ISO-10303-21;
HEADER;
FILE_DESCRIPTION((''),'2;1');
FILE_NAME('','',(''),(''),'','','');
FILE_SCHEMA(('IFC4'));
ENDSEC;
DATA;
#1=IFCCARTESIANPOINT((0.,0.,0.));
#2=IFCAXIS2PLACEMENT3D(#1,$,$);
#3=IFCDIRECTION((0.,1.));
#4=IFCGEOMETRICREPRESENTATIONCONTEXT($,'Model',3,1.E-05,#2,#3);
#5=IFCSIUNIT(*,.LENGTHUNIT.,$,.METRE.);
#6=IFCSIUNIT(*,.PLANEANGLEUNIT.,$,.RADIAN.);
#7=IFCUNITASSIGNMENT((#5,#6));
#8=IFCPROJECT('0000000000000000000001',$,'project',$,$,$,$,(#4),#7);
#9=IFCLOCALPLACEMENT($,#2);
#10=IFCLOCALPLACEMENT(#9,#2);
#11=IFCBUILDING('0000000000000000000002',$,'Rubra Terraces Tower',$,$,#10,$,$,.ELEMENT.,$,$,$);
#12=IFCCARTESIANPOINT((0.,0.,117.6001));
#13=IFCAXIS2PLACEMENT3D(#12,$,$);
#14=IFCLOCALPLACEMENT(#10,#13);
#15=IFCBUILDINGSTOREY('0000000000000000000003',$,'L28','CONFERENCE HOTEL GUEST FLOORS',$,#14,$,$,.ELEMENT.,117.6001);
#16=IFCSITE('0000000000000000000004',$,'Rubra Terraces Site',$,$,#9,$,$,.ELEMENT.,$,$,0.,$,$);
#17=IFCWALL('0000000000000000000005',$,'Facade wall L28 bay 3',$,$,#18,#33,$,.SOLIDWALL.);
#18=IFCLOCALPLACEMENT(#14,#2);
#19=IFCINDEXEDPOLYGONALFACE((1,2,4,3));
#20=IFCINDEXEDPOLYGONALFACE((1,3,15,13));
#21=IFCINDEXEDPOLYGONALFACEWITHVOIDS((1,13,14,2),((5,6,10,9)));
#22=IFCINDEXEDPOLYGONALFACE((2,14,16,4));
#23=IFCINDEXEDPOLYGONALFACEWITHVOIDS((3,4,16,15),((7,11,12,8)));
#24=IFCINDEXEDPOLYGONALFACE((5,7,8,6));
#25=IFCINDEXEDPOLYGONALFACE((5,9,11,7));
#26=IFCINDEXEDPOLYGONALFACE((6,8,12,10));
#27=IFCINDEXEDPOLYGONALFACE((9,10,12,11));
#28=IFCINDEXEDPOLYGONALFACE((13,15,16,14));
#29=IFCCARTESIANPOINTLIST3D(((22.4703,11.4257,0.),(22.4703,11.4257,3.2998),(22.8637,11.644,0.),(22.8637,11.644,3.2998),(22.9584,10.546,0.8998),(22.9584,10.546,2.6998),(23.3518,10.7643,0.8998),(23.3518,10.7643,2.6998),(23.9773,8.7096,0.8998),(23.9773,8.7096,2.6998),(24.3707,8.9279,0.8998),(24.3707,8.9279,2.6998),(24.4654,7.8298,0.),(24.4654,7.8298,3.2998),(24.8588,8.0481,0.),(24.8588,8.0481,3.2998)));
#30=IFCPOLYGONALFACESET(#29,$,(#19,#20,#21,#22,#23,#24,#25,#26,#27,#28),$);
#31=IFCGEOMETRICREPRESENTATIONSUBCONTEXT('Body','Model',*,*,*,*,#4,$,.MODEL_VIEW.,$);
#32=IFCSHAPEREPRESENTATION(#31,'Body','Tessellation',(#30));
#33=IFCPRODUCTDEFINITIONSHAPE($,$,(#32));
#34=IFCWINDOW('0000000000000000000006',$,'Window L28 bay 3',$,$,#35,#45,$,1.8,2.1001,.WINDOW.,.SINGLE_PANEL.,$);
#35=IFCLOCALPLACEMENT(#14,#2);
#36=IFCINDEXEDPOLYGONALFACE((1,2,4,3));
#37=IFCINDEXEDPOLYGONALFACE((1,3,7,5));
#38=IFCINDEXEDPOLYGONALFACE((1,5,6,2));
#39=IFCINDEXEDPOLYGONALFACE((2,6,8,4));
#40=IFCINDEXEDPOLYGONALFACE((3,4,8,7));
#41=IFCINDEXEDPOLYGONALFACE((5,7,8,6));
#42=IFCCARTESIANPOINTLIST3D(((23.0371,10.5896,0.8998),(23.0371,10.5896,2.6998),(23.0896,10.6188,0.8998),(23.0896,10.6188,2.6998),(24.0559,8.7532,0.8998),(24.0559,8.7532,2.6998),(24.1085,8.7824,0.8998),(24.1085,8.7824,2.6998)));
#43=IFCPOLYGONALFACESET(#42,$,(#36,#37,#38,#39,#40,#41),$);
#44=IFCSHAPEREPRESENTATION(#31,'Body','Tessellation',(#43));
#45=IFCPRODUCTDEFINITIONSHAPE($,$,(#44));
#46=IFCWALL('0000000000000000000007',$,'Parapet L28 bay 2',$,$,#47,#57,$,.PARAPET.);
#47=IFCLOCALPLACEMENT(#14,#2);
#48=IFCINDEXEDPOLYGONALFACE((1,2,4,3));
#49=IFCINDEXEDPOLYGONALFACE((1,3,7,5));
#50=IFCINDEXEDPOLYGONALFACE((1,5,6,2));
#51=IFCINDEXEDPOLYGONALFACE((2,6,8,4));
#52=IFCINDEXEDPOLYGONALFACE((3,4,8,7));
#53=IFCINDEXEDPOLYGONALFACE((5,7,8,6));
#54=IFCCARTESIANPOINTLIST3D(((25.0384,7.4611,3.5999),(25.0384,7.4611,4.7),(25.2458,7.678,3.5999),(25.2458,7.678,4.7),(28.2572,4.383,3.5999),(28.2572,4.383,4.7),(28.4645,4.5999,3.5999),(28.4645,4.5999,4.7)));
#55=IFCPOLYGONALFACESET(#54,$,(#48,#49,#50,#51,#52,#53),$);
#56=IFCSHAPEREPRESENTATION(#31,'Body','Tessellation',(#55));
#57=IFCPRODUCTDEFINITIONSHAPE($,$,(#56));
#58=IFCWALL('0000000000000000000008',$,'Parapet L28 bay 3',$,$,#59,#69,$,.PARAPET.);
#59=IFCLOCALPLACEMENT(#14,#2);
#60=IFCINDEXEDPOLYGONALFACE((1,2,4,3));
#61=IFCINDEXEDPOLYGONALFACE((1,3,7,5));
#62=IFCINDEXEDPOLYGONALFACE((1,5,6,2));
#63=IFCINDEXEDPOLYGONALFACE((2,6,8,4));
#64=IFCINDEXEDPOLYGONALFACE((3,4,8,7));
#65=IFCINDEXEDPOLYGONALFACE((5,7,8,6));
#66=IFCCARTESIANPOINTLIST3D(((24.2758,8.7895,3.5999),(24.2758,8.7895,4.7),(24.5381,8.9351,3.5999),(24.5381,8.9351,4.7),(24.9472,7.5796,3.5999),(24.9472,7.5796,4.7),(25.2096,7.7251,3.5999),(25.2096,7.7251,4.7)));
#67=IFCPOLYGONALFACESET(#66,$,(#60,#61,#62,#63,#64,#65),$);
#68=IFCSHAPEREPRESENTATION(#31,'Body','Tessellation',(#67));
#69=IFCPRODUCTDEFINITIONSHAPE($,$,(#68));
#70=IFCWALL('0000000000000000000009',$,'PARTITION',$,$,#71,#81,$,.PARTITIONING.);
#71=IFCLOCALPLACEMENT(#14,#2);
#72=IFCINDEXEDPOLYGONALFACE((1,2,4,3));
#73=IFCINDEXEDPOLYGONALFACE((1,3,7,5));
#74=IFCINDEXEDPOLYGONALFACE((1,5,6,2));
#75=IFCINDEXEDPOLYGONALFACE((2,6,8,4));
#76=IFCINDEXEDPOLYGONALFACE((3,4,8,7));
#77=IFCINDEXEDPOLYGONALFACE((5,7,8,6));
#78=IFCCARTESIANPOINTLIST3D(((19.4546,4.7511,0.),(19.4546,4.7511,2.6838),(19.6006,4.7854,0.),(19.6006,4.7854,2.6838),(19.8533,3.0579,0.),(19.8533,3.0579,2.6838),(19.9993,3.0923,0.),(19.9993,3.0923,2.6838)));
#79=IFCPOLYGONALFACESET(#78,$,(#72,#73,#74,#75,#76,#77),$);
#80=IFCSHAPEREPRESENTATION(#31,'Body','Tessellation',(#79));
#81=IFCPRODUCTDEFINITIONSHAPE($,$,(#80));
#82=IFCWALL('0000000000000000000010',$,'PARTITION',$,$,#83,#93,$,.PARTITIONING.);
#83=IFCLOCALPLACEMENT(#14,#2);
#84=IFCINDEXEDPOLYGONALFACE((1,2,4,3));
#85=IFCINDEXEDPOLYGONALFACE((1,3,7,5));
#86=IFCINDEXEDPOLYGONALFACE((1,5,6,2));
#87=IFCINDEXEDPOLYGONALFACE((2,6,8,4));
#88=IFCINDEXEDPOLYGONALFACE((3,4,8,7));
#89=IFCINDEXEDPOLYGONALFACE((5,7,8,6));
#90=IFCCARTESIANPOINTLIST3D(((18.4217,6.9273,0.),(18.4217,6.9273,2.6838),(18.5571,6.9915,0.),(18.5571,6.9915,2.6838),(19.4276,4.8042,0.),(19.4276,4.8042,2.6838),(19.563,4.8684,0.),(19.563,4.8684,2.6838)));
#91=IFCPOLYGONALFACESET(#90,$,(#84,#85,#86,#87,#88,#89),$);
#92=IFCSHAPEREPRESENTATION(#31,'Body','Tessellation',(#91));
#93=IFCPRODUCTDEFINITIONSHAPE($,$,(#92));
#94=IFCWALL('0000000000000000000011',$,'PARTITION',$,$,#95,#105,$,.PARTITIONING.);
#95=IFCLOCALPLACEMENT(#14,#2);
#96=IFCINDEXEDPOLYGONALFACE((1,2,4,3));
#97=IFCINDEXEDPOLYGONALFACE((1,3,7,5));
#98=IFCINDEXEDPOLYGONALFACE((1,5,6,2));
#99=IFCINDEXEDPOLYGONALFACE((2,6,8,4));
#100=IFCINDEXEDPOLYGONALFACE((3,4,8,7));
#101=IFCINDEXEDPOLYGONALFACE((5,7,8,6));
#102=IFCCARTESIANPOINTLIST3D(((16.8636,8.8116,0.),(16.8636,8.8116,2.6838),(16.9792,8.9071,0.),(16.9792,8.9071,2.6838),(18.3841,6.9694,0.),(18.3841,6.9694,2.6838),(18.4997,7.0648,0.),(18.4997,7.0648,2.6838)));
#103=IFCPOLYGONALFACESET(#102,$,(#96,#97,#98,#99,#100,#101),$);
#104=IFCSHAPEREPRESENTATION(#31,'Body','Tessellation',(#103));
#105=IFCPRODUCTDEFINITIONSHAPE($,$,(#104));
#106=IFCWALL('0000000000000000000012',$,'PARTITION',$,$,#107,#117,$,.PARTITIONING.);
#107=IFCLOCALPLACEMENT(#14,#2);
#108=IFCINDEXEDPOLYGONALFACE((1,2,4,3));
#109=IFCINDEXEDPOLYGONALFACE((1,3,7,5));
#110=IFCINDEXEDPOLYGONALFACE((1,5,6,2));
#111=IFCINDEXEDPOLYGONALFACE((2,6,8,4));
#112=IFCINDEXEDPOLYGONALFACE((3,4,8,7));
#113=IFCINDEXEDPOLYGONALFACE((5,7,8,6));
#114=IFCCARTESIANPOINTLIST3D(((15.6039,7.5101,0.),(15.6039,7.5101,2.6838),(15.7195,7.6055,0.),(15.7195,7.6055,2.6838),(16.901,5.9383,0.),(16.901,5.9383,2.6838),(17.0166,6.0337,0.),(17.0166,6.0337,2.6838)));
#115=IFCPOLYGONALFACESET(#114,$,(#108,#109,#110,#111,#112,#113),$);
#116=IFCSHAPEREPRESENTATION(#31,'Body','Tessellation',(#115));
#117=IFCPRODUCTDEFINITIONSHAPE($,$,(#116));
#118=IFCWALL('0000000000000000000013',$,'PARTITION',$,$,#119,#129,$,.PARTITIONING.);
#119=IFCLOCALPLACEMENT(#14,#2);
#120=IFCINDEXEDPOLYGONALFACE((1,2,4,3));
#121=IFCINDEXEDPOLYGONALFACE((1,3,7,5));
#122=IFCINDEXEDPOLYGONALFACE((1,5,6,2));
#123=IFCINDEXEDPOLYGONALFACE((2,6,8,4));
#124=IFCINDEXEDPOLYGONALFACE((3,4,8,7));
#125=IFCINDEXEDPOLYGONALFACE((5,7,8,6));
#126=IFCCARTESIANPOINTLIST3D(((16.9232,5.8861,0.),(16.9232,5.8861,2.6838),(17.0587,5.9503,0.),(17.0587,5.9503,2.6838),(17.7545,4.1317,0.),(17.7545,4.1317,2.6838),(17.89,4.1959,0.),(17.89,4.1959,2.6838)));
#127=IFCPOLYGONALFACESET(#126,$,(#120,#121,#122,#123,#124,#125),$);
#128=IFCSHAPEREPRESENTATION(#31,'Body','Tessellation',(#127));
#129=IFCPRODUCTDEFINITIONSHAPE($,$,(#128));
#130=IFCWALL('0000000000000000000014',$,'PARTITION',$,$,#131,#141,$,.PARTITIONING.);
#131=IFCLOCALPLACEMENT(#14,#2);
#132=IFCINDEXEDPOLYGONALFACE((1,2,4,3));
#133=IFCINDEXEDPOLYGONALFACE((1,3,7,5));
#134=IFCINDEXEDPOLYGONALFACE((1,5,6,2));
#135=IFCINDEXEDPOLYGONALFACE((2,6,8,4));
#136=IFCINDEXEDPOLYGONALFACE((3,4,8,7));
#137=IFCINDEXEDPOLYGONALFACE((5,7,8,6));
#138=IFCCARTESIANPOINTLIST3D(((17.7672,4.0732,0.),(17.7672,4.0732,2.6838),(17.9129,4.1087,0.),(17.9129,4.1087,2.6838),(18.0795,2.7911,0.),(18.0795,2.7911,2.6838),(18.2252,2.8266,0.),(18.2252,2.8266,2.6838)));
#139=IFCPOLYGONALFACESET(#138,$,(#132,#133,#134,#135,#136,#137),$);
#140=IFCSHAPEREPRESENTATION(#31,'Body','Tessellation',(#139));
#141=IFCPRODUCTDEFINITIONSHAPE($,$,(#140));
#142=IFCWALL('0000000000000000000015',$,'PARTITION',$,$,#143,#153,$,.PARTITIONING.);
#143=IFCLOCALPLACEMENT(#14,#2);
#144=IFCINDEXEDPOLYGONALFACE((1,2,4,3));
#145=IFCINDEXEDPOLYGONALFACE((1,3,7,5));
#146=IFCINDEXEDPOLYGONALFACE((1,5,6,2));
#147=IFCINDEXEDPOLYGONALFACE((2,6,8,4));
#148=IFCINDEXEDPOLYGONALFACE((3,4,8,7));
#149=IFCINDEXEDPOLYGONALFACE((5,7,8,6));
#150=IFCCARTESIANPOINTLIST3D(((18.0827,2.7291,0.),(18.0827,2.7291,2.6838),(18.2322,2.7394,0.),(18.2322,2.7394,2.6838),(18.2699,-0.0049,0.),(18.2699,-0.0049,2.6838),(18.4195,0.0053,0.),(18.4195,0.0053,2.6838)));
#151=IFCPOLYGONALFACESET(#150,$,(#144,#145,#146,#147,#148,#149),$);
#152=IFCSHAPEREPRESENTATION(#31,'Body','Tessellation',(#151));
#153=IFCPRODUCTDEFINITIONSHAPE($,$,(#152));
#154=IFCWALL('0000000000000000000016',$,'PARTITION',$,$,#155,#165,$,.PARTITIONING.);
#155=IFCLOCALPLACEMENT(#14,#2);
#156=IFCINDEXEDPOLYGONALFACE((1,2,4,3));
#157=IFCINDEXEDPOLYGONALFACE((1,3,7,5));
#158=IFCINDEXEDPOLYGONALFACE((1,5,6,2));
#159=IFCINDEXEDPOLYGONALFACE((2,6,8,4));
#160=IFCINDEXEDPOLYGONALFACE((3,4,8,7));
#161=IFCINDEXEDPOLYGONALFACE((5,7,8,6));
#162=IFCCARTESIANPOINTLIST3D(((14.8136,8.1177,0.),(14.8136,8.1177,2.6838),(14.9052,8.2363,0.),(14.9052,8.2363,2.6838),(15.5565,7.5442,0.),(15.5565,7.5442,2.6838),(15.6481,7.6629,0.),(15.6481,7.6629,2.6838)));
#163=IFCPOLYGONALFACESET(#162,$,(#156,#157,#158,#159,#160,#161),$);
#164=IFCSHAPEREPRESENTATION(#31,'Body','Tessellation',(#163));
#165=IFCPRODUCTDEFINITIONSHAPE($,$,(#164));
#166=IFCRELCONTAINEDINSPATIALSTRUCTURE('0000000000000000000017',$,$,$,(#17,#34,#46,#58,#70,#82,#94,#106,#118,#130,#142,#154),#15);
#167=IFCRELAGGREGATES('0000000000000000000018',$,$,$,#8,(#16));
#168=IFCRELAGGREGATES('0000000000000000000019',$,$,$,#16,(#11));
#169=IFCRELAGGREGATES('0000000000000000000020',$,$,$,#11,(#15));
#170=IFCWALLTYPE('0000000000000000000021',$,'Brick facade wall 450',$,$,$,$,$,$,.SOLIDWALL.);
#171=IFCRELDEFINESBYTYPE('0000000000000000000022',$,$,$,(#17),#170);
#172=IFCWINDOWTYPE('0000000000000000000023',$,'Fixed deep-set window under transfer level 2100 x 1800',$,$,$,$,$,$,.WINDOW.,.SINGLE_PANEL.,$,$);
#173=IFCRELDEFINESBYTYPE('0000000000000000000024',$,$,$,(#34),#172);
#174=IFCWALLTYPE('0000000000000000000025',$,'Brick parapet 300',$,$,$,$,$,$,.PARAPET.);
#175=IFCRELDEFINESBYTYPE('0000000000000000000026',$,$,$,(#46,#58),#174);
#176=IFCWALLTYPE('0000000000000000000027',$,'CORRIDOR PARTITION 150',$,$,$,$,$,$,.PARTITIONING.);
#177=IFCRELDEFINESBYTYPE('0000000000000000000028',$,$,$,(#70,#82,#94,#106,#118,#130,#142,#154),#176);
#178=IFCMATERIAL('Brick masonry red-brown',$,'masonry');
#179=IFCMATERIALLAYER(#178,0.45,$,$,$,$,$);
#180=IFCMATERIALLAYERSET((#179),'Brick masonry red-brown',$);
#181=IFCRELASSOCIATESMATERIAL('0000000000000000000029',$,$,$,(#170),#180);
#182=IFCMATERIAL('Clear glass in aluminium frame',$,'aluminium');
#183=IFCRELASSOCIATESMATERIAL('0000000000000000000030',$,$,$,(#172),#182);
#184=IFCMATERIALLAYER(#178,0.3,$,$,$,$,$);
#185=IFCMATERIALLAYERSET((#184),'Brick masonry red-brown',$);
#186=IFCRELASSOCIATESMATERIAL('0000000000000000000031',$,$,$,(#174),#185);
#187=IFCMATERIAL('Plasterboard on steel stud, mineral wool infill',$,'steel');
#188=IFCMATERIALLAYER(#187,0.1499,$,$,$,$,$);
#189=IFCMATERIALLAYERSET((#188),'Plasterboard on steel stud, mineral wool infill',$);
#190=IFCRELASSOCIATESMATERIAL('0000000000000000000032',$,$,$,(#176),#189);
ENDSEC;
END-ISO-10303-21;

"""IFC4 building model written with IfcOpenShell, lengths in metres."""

from ifc_helpers import new_model, si_unit, direction, frame, frame_2d, origin, place, context, subcontext, project, spatial, rectangle, extrude, material, layer, layer_set, type_object, element, fill, save


model = new_model("IFC4")

# Units and contexts
model_context = context("Model", 3, precision=1e-05, world=origin(), true_north=direction((0.0, 1.0)))
body_context = subcontext(model_context, "Body", "Model", "MODEL_VIEW")
ifc_project = project(units=[si_unit("LENGTHUNIT", "METRE"), si_unit("PLANEANGLEUNIT", "RADIAN")], contexts=[model_context])

# Site, building, storey
site_placement = place(None, origin())
site = spatial("IfcSite", under=ifc_project, at=site_placement, Name="Rubra Terraces Site", CompositionType="ELEMENT", RefElevation=0.0)
building_placement = place(site_placement, origin())
building = spatial("IfcBuilding", under=site, at=building_placement, Name="Rubra Terraces Tower", CompositionType="ELEMENT")
storey_placement = place(building_placement, frame((0.0, 0.0, 117.6001)))
storey = spatial("IfcBuildingStorey", under=building, at=storey_placement, Name="L28", Description="CONFERENCE HOTEL GUEST FLOORS", CompositionType="ELEMENT", Elevation=117.6001)

# Wall, opening, window
ifc_material_1 = material(Name="Brick masonry red-brown", Category="masonry")
ifc_layer_1 = layer(ifc_material_1, 0.45)
ifc_layer_set_1 = layer_set([ifc_layer_1], Name="Brick masonry red-brown")
wall_type_1 = type_object("IfcWallType", Name="Brick facade wall 450", PredefinedType="SOLIDWALL", material=ifc_layer_set_1)
ifc_material_2 = material(Name="Clear glass in aluminium frame", Category="aluminium")
window_type = type_object("IfcWindowType", Name="Fixed deep-set window under transfer level 2100 x 1800", PartitioningType="SINGLE_PANEL", PredefinedType="WINDOW", material=ifc_material_2)
wall_1_placement = place(storey_placement, frame((24.6621, 7.939, 0.0), z_axis=(0.0, 0.0, 1.0), x_axis=(-0.485154, 0.874429, 0.0)))
wall_1 = element("IfcWall", 1, at=wall_1_placement, inside=storey, type_object=wall_type_1, Name="Facade wall L28 bay 3", PredefinedType="SOLIDWALL", context=body_context, shape_type="SweptSolid", body=[
    extrude(rectangle(XDim=4.1123, YDim=0.45, at=frame_2d((2.0562, 0.0))), origin(), (0.0, 0.0, 1.0), 3.2998),
])
opening_1_placement = place(wall_1_placement, frame((1.0061, 0.0, 0.8999)))
opening_1 = element("IfcOpeningElement", 2, at=opening_1_placement, cuts=wall_1, PredefinedType="OPENING", context=body_context, shape_type="SweptSolid", body=[
    extrude(rectangle(XDim=2.1001, YDim=1.8, at=frame_2d((1.05, 0.8999))), frame((0.0, 0.2349, 0.0), z_axis=(0.0, -1.0, 0.0), x_axis=(1.0, 0.0, 0.0)), (0.0, 0.0, 1.0), 0.47),
])
window_1_placement = place(opening_1_placement, origin())
window_1 = element("IfcWindow", 3, at=window_1_placement, inside=storey, type_object=window_type, Name="Window L28 bay 3", OverallHeight=1.8, OverallWidth=2.1001, PartitioningType="SINGLE_PANEL", PredefinedType="WINDOW", context=body_context, shape_type="SweptSolid", body=[
    extrude(rectangle(XDim=2.1001, YDim=1.8, at=frame_2d((1.05, 0.8999))), frame((0.0, 0.135, 0.0), z_axis=(0.0, -1.0, 0.0), x_axis=(1.0, 0.0, 0.0)), (0.0, 0.0, 1.0), 0.0601),
])
fill(opening_1, window_1)

# Walls
ifc_layer_2 = layer(ifc_material_1, 0.3)
ifc_layer_set_2 = layer_set([ifc_layer_2], Name="Brick masonry red-brown")
wall_type_2 = type_object("IfcWallType", Name="Brick parapet 300", PredefinedType="PARAPET", material=ifc_layer_set_2)
wall_2_placement = place(storey_placement, frame((28.3608, 4.4915, 3.5999), z_axis=(0.0, 0.0, 1.0), x_axis=(-0.722718, 0.691143, 0.0)))
element("IfcWall", 4, at=wall_2_placement, inside=storey, type_object=wall_type_2, Name="Parapet L28 bay 2", PredefinedType="PARAPET", context=body_context, shape_type="SweptSolid", body=[
    extrude(rectangle(XDim=4.4536, YDim=0.3, at=frame_2d((2.2268, 0.0))), origin(), (0.0, 0.0, 1.0), 1.1001),
])
wall_3_placement = place(storey_placement, frame((25.0784, 7.6523, 3.5999), z_axis=(0.0, 0.0, 1.0), x_axis=(-0.485193, 0.874407, 0.0)))
element("IfcWall", 5, at=wall_3_placement, inside=storey, type_object=wall_type_2, Name="Parapet L28 bay 3", PredefinedType="PARAPET", context=body_context, shape_type="SweptSolid", body=[
    extrude(rectangle(XDim=1.3838, YDim=0.3, at=frame_2d((0.6919, 0.0))), origin(), (0.0, 0.0, 1.0), 1.1001),
])
ifc_material_3 = material(Name="Plasterboard on steel stud, mineral wool infill", Category="steel")
ifc_layer_3 = layer(ifc_material_3, 0.1499)
ifc_layer_set_3 = layer_set([ifc_layer_3], Name="Plasterboard on steel stud, mineral wool infill")
wall_type_3 = type_object("IfcWallType", Name="CORRIDOR PARTITION 150", PredefinedType="PARTITIONING", material=ifc_layer_set_3)
wall_4_placement = place(storey_placement, frame((19.9263, 3.0752, 0.0), z_axis=(0.0, 0.0, 1.0), x_axis=(-0.229204, 0.973378, 0.0)))
element("IfcWall", 6, at=wall_4_placement, inside=storey, type_object=wall_type_3, Name="PARTITION", PredefinedType="PARTITIONING", context=body_context, shape_type="SweptSolid", body=[
    extrude(rectangle(XDim=1.7395, YDim=0.1499, at=frame_2d((0.8696, 0.0))), origin(), (0.0, 0.0, 1.0), 2.6838),
])
wall_5_placement = place(storey_placement, frame((19.4954, 4.8362, 0.0), z_axis=(0.0, 0.0, 1.0), x_axis=(-0.428158, 0.903704, 0.0)))
element("IfcWall", 7, at=wall_5_placement, inside=storey, type_object=wall_type_3, Name="PARTITION", PredefinedType="PARTITIONING", context=body_context, shape_type="SweptSolid", body=[
    extrude(rectangle(XDim=2.3494, YDim=0.1499, at=frame_2d((1.1748, 0.0))), origin(), (0.0, 0.0, 1.0), 2.6838),
])
wall_6_placement = place(storey_placement, frame((18.4419, 7.0171, 0.0), z_axis=(0.0, 0.0, 1.0), x_axis=(-0.636538, 0.771245, 0.0)))
element("IfcWall", 8, at=wall_6_placement, inside=storey, type_object=wall_type_3, Name="PARTITION", PredefinedType="PARTITIONING", context=body_context, shape_type="SweptSolid", body=[
    extrude(rectangle(XDim=2.3887, YDim=0.1499, at=frame_2d((1.1943, 0.0))), origin(), (0.0, 0.0, 1.0), 2.6838),
])
wall_7_placement = place(storey_placement, frame((15.6616, 7.5579, 0.0), z_axis=(0.0, 0.0, 1.0), x_axis=(0.636501, -0.771276, 0.0)))
element("IfcWall", 9, at=wall_7_placement, inside=storey, type_object=wall_type_3, Name="PARTITION", PredefinedType="PARTITIONING", context=body_context, shape_type="SweptSolid", body=[
    extrude(rectangle(XDim=2.0378, YDim=0.1499, at=frame_2d((1.019, 0.0))), origin(), (0.0, 0.0, 1.0), 2.6838),
])
wall_8_placement = place(storey_placement, frame((16.991, 5.9182, 0.0), z_axis=(0.0, 0.0, 1.0), x_axis=(0.4282, -0.903684, 0.0)))
element("IfcWall", 10, at=wall_8_placement, inside=storey, type_object=wall_type_3, Name="PARTITION", PredefinedType="PARTITIONING", context=body_context, shape_type="SweptSolid", body=[
    extrude(rectangle(XDim=1.9414, YDim=0.1499, at=frame_2d((0.9707, 0.0))), origin(), (0.0, 0.0, 1.0), 2.6838),
])
wall_9_placement = place(storey_placement, frame((17.8401, 4.0908, 0.0), z_axis=(0.0, 0.0, 1.0), x_axis=(0.236654, -0.971594, 0.0)))
element("IfcWall", 11, at=wall_9_placement, inside=storey, type_object=wall_type_3, Name="PARTITION", PredefinedType="PARTITIONING", context=body_context, shape_type="SweptSolid", body=[
    extrude(rectangle(XDim=1.3196, YDim=0.1499, at=frame_2d((0.6597, 0.0))), origin(), (0.0, 0.0, 1.0), 2.6838),
])
wall_10_placement = place(storey_placement, frame((18.1575, 2.7341, 0.0), z_axis=(0.0, 0.0, 1.0), x_axis=(0.068328, -0.997663, 0.0)))
element("IfcWall", 12, at=wall_10_placement, inside=storey, type_object=wall_type_3, Name="PARTITION", PredefinedType="PARTITIONING", context=body_context, shape_type="SweptSolid", body=[
    extrude(rectangle(XDim=2.7405, YDim=0.1499, at=frame_2d((1.3701, 0.0))), origin(), (0.0, 0.0, 1.0), 2.6838),
])
wall_11_placement = place(storey_placement, frame((14.8594, 8.177, 0.0), z_axis=(0.0, 0.0, 1.0), x_axis=(0.791588, -0.611055, 0.0)))
element("IfcWall", 13, at=wall_11_placement, inside=storey, type_object=wall_type_3, Name="PARTITION", PredefinedType="PARTITIONING", context=body_context, shape_type="SweptSolid", body=[
    extrude(rectangle(XDim=0.9385, YDim=0.1499, at=frame_2d((0.4692, 0.0))), origin(), (0.0, 0.0, 1.0), 2.6838),
])

save(model, "model.ifc")
